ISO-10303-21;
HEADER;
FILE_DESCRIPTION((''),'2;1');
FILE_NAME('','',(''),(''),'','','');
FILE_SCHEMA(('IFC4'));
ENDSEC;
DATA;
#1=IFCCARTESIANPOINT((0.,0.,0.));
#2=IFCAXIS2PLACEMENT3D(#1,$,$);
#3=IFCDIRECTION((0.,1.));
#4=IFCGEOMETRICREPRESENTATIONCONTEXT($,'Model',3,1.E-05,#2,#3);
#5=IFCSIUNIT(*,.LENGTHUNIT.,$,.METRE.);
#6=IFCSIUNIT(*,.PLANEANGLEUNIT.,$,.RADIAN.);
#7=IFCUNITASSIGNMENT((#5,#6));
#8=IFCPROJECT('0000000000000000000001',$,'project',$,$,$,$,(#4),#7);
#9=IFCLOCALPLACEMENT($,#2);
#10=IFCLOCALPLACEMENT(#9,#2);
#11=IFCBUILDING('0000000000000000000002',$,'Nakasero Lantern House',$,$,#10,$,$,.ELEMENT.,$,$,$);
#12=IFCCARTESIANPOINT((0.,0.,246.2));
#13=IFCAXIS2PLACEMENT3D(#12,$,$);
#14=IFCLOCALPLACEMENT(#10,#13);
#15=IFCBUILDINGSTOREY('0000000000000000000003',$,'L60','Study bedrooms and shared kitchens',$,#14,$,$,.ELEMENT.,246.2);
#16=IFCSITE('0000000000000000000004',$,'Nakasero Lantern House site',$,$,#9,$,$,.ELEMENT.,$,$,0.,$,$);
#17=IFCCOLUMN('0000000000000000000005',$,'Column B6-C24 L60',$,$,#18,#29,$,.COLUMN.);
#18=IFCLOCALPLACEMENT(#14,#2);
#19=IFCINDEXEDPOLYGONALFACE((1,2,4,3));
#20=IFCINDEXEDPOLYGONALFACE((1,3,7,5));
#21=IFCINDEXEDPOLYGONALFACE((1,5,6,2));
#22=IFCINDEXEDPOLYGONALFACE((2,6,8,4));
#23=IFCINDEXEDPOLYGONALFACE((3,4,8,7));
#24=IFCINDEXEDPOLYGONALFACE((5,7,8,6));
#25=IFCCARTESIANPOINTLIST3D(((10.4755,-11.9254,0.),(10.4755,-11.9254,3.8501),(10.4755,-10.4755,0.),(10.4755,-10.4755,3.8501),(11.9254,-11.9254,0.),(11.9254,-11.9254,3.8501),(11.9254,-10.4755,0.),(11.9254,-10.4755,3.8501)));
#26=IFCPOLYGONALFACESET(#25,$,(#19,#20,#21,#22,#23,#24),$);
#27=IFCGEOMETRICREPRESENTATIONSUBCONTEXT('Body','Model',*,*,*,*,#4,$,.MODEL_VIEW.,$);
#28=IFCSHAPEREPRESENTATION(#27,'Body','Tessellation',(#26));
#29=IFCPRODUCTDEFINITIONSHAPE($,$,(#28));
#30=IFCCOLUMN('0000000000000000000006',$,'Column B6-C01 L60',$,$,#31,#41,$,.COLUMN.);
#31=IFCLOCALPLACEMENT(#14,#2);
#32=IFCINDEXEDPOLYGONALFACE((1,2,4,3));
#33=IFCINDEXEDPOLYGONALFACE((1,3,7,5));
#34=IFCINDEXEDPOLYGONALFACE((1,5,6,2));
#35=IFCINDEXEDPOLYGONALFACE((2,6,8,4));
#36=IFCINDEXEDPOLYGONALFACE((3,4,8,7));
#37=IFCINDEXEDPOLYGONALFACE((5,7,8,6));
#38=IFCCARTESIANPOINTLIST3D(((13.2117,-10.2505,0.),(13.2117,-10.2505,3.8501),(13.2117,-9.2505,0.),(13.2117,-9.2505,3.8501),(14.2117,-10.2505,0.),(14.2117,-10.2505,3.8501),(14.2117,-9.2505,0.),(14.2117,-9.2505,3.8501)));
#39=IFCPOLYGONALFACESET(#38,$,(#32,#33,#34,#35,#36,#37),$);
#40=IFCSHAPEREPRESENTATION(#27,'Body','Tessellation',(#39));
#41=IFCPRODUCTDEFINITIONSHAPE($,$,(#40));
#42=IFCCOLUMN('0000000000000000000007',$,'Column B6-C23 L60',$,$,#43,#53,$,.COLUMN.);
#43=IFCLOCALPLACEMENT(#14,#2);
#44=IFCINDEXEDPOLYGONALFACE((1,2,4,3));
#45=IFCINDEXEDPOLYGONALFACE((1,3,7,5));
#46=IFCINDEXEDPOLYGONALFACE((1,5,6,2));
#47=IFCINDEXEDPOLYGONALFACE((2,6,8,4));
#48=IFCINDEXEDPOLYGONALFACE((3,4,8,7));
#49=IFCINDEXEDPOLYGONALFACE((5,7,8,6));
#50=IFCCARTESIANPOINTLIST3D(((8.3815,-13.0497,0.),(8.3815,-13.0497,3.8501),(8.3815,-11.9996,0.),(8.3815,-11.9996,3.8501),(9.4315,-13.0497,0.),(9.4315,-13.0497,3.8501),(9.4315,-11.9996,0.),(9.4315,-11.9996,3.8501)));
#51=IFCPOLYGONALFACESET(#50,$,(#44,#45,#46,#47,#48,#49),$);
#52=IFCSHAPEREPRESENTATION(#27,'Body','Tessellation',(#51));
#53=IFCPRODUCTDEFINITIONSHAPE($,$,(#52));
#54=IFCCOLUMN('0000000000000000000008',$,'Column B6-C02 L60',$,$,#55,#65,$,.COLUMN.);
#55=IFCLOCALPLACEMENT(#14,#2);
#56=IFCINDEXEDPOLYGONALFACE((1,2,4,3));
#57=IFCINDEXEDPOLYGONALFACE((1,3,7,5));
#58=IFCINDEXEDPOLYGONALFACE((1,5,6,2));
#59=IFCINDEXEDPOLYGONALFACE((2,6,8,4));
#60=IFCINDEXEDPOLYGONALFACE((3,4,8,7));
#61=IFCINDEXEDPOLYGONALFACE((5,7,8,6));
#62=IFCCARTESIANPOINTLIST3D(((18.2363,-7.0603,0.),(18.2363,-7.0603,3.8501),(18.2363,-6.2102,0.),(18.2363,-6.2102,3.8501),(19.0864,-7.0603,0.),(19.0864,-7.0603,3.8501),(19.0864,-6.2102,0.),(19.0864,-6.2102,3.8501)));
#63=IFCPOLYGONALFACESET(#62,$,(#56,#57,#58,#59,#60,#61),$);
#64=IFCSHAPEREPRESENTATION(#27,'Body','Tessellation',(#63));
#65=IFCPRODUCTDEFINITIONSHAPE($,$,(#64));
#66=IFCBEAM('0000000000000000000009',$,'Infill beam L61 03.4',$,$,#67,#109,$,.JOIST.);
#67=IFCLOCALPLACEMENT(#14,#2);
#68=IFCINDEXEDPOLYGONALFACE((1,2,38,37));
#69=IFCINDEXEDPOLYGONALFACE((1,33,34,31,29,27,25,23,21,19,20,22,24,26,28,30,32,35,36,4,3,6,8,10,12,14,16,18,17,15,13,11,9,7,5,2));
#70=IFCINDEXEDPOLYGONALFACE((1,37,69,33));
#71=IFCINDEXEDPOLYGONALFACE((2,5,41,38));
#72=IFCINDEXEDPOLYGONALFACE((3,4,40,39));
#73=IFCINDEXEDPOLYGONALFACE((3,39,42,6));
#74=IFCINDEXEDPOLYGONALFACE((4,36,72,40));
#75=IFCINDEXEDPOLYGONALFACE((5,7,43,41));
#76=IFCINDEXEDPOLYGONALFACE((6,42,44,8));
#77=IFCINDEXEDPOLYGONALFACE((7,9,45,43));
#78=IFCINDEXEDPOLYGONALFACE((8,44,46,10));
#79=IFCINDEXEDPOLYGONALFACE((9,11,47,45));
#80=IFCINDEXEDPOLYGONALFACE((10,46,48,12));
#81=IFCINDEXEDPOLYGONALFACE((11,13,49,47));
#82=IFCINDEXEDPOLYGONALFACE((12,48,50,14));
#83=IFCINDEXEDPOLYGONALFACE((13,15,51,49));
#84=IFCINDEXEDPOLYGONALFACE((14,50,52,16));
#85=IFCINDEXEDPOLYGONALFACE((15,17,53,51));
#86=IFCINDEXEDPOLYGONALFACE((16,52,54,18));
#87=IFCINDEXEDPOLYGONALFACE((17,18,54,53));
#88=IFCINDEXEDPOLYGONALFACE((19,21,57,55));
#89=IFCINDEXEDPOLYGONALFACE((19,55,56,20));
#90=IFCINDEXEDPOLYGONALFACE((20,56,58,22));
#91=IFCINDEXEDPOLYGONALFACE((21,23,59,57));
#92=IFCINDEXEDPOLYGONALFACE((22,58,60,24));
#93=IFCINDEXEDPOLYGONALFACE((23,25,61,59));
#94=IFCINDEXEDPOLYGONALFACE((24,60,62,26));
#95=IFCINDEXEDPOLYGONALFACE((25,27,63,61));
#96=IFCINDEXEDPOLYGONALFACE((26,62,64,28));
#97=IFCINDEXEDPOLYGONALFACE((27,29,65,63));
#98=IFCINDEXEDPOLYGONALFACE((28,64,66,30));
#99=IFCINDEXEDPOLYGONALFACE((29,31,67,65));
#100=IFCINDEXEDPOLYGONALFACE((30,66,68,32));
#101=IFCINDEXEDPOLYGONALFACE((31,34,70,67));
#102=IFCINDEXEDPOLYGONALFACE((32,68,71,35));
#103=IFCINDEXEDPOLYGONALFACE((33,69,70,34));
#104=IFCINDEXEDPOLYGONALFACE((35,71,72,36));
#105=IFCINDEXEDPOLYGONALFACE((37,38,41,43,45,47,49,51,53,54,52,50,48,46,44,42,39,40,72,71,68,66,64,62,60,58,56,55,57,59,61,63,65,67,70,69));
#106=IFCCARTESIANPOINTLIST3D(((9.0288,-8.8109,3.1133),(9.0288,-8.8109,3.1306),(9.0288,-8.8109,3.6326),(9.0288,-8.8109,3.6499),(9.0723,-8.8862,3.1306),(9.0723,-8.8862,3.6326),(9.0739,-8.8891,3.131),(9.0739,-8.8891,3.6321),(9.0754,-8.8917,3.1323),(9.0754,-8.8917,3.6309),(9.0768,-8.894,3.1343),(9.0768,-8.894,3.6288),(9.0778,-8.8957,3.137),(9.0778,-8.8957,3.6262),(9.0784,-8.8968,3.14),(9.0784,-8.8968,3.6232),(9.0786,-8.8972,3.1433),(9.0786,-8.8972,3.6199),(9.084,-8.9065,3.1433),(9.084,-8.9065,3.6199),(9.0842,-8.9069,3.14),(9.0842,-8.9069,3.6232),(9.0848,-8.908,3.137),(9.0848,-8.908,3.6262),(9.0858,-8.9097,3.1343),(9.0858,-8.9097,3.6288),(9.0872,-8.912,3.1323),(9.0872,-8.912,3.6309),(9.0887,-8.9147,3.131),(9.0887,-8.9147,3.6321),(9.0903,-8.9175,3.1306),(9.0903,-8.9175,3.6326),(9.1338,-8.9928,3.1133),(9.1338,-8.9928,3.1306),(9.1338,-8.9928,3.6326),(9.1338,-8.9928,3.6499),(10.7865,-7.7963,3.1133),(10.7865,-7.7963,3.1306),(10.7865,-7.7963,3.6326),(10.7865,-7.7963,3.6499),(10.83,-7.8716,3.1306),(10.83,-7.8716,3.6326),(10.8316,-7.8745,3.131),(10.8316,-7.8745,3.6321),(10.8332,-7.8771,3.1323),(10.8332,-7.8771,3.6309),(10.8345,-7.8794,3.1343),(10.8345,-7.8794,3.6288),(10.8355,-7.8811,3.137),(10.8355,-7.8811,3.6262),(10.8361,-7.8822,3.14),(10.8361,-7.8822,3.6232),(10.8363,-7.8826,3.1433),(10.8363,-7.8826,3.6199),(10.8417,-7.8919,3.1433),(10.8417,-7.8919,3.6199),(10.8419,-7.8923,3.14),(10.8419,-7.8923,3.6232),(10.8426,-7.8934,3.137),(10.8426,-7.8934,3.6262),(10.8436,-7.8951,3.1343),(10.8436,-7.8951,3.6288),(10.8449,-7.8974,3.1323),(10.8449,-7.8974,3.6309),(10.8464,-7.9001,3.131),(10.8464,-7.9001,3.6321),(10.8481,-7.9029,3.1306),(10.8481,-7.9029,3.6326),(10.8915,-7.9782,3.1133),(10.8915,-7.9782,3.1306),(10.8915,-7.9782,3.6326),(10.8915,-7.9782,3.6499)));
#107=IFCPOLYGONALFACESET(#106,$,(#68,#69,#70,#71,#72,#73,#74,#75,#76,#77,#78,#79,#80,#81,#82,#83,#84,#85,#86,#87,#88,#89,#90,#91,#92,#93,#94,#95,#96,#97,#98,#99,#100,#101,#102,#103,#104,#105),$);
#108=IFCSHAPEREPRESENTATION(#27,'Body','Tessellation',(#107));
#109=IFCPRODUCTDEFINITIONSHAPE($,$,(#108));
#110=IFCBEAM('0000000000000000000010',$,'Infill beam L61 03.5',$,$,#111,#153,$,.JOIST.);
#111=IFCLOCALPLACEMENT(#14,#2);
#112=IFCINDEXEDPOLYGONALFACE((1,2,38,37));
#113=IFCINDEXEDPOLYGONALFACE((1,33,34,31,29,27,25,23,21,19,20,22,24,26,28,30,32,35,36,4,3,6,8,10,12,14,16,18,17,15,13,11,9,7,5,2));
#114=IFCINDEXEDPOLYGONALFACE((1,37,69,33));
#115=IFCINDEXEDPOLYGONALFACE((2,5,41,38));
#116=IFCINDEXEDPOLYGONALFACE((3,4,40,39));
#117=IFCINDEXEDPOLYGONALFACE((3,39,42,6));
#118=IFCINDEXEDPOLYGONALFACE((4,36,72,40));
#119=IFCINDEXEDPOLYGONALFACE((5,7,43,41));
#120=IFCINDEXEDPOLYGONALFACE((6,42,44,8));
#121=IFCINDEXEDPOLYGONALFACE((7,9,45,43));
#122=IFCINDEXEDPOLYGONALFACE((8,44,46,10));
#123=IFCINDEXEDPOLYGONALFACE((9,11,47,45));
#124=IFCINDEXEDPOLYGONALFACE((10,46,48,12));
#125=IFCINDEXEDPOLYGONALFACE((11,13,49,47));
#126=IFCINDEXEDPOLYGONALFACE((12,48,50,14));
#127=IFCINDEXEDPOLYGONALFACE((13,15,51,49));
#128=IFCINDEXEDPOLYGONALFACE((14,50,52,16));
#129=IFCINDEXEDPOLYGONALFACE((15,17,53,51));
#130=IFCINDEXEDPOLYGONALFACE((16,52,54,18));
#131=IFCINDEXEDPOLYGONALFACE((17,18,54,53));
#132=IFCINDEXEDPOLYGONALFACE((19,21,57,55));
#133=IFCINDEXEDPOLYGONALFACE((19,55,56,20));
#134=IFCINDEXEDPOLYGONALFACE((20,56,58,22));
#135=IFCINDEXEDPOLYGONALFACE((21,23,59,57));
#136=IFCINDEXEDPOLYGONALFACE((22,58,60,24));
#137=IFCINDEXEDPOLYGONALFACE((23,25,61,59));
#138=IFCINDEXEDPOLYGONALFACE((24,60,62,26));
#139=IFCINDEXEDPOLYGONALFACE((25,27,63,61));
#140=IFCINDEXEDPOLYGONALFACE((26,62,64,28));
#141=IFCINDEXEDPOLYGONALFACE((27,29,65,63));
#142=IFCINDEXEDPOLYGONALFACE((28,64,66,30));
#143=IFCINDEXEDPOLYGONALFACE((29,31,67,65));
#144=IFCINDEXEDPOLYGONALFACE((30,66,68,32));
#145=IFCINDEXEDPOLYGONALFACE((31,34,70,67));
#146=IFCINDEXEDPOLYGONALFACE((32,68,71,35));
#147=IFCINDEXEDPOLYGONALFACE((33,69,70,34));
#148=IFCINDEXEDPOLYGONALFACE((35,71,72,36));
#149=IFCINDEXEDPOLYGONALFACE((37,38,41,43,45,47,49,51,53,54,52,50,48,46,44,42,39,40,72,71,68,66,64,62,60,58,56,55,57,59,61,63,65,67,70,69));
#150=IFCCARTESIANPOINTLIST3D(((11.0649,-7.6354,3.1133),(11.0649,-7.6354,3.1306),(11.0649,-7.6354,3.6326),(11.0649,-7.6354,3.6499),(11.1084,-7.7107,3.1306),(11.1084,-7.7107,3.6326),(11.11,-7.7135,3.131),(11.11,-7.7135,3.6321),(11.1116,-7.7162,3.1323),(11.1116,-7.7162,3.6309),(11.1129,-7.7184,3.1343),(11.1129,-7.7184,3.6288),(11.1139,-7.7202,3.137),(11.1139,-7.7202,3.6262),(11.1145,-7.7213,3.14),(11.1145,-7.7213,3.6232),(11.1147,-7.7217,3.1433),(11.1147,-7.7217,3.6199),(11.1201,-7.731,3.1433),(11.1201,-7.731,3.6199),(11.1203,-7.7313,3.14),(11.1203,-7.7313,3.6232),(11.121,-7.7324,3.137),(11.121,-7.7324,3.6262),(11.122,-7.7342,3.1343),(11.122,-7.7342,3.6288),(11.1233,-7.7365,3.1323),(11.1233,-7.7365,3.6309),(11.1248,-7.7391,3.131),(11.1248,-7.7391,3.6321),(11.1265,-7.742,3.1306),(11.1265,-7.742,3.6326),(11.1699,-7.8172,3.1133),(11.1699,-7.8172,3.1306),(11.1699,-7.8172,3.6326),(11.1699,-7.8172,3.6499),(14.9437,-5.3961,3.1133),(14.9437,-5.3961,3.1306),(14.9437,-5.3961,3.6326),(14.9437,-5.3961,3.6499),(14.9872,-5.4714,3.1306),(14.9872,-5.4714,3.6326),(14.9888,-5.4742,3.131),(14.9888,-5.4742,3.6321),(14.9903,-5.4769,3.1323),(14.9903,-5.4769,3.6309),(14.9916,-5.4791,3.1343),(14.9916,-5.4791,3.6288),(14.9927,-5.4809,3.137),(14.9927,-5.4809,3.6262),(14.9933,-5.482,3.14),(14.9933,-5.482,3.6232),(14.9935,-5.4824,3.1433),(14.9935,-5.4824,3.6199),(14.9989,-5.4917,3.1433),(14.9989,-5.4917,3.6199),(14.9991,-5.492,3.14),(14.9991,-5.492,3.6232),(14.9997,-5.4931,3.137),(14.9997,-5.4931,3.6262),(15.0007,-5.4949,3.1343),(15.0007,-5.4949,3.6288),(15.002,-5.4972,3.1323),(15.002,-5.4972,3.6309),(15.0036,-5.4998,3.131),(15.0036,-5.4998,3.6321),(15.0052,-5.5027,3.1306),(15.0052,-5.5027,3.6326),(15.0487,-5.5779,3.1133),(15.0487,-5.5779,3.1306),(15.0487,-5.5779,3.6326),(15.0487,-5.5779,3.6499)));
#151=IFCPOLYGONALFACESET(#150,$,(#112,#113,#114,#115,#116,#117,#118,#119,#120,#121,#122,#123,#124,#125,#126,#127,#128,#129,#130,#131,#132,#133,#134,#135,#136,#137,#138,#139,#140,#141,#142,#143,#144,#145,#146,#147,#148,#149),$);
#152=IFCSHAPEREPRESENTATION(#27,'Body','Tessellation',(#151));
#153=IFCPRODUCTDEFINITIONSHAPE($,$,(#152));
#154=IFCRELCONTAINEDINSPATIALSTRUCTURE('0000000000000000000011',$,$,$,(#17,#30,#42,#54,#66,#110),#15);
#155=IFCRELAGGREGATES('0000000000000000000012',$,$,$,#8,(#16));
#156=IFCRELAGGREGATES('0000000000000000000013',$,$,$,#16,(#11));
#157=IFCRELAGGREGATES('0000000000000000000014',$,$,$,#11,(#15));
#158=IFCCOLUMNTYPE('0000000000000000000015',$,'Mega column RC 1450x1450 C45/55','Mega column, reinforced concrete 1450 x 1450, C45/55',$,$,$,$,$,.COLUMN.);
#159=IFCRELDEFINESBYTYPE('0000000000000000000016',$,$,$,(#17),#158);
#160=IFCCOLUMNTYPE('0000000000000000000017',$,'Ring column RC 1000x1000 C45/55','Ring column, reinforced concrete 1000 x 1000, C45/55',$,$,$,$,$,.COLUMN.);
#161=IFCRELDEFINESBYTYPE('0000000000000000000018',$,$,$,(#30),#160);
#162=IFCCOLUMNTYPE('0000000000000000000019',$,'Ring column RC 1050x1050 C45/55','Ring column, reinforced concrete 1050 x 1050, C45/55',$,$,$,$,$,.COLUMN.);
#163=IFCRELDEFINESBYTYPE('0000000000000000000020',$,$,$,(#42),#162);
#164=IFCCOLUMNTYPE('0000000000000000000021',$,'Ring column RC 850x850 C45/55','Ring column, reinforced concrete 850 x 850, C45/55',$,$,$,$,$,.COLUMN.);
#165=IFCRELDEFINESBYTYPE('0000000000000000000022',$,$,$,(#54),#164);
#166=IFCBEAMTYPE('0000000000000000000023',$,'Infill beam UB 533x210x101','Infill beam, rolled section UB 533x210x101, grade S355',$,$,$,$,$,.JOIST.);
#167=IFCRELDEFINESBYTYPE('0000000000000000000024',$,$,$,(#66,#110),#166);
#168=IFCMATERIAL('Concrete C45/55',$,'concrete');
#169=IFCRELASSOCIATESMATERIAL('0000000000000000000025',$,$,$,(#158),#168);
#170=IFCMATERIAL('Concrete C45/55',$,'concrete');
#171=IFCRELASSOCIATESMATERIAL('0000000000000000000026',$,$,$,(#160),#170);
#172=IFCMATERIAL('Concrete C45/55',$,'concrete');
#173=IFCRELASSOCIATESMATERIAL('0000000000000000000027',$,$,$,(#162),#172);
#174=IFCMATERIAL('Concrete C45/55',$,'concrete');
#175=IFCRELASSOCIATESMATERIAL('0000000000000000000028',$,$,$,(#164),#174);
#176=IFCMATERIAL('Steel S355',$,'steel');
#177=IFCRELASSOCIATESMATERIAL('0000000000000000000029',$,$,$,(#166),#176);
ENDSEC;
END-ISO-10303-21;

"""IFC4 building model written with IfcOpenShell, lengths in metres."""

from ifc_helpers import new_model, si_unit, direction, frame, origin, origin_2d, place, context, subcontext, project, spatial, rectangle, i_section, extrude, material, material_profile, profile_set, type_object, element, save


model = new_model("IFC4")

# Units and contexts
model_context = context("Model", 3, precision=1e-05, world=origin(), true_north=direction((0.0, 1.0)))
body_context = subcontext(model_context, "Body", "Model", "MODEL_VIEW")
ifc_project = project(units=[si_unit("LENGTHUNIT", "METRE"), si_unit("PLANEANGLEUNIT", "RADIAN")], contexts=[model_context])

# Site, building, storey
site_placement = place(None, origin())
site = spatial("IfcSite", under=ifc_project, at=site_placement, Name="Nakasero Lantern House site", CompositionType="ELEMENT", RefElevation=0.0)
building_placement = place(site_placement, origin())
building = spatial("IfcBuilding", under=site, at=building_placement, Name="Nakasero Lantern House", CompositionType="ELEMENT")
storey_placement = place(building_placement, frame((0.0, 0.0, 246.2)))
storey = spatial("IfcBuildingStorey", under=building, at=storey_placement, Name="L60", Description="Study bedrooms and shared kitchens", CompositionType="ELEMENT", Elevation=246.2)

# Columns
ifc_material_1 = material(Name="Concrete C45/55", Category="concrete")
ifc_material_profile_1 = material_profile(ifc_material_1, rectangle(XDim=1.45, YDim=1.45, at=origin_2d()), Name="RC 1450x1450")
ifc_profile_set_1 = profile_set([ifc_material_profile_1], Name="Concrete C45/55")
column_type_1 = type_object("IfcColumnType", Name="Mega column RC 1450x1450 C45/55", Description="Mega column, reinforced concrete 1450 x 1450, C45/55", PredefinedType="COLUMN", material=ifc_profile_set_1)
column_1_placement = place(storey_placement, frame((11.2004, -11.2004, 0.0), z_axis=(0.0, 0.0, 1.0), x_axis=(1.0, 0.0, 0.0)))
element("IfcColumn", 1, at=column_1_placement, inside=storey, type_object=column_type_1, Name="Column B6-C24 L60", PredefinedType="COLUMN", context=body_context, shape_type="SweptSolid", body=[
    extrude(rectangle(XDim=1.45, YDim=1.45, at=origin_2d()), origin(), (0.0, 0.0, 1.0), 3.8501),
])
ifc_material_2 = material(Name="Concrete C45/55", Category="concrete")
ifc_material_profile_2 = material_profile(ifc_material_2, rectangle(XDim=1.0, YDim=1.0, at=origin_2d()), Name="RC 1000x1000")
ifc_profile_set_2 = profile_set([ifc_material_profile_2], Name="Concrete C45/55")
column_type_2 = type_object("IfcColumnType", Name="Ring column RC 1000x1000 C45/55", Description="Ring column, reinforced concrete 1000 x 1000, C45/55", PredefinedType="COLUMN", material=ifc_profile_set_2)
column_2_placement = place(storey_placement, frame((13.7117, -9.7505, 0.0), z_axis=(0.0, 0.0, 1.0), x_axis=(1.0, 0.0, 0.0)))
element("IfcColumn", 2, at=column_2_placement, inside=storey, type_object=column_type_2, Name="Column B6-C01 L60", PredefinedType="COLUMN", context=body_context, shape_type="SweptSolid", body=[
    extrude(rectangle(XDim=1.0, YDim=1.0, at=origin_2d()), origin(), (0.0, 0.0, 1.0), 3.8501),
])
ifc_material_3 = material(Name="Concrete C45/55", Category="concrete")
ifc_material_profile_3 = material_profile(ifc_material_3, rectangle(XDim=1.05, YDim=1.05, at=origin_2d()), Name="RC 1050x1050")
ifc_profile_set_3 = profile_set([ifc_material_profile_3], Name="Concrete C45/55")
column_type_3 = type_object("IfcColumnType", Name="Ring column RC 1050x1050 C45/55", Description="Ring column, reinforced concrete 1050 x 1050, C45/55", PredefinedType="COLUMN", material=ifc_profile_set_3)
column_3_placement = place(storey_placement, frame((8.9065, -12.5247, 0.0), z_axis=(0.0, 0.0, 1.0), x_axis=(1.0, 0.0, 0.0)))
element("IfcColumn", 3, at=column_3_placement, inside=storey, type_object=column_type_3, Name="Column B6-C23 L60", PredefinedType="COLUMN", context=body_context, shape_type="SweptSolid", body=[
    extrude(rectangle(XDim=1.05, YDim=1.05, at=origin_2d()), origin(), (0.0, 0.0, 1.0), 3.8501),
])
ifc_material_4 = material(Name="Concrete C45/55", Category="concrete")
ifc_material_profile_4 = material_profile(ifc_material_4, rectangle(XDim=0.8501, YDim=0.8501, at=origin_2d()), Name="RC 850x850")
ifc_profile_set_4 = profile_set([ifc_material_profile_4], Name="Concrete C45/55")
column_type_4 = type_object("IfcColumnType", Name="Ring column RC 850x850 C45/55", Description="Ring column, reinforced concrete 850 x 850, C45/55", PredefinedType="COLUMN", material=ifc_profile_set_4)
column_4_placement = place(storey_placement, frame((18.6614, -6.6353, 0.0), z_axis=(0.0, 0.0, 1.0), x_axis=(1.0, 0.0, 0.0)))
element("IfcColumn", 4, at=column_4_placement, inside=storey, type_object=column_type_4, Name="Column B6-C02 L60", PredefinedType="COLUMN", context=body_context, shape_type="SweptSolid", body=[
    extrude(rectangle(XDim=0.8501, YDim=0.8501, at=origin_2d()), origin(), (0.0, 0.0, 1.0), 3.8501),
])

# Beams
ifc_material_5 = material(Name="Steel S355", Category="steel")
ifc_material_profile_5 = material_profile(ifc_material_5, i_section(OverallWidth=0.21, OverallDepth=0.5366, WebThickness=0.0107, FlangeThickness=0.0173, FilletRadius=0.0127, at=origin_2d()), Name="UB 533x210x101")
ifc_profile_set_5 = profile_set([ifc_material_profile_5], Name="Steel S355")
beam_type_1 = type_object("IfcBeamType", Name="Infill beam UB 533x210x101", Description="Infill beam, rolled section UB 533x210x101, grade S355", PredefinedType="JOIST", material=ifc_profile_set_5)
beam_1_placement = place(storey_placement, frame((9.0813, -8.9019, 3.3816), z_axis=(0.866073, 0.499917, 0.0), x_axis=(-0.499917, 0.866073, 0.0)))
element("IfcBeam", 5, at=beam_1_placement, inside=storey, type_object=beam_type_1, Name="Infill beam L61 03.4", PredefinedType="JOIST", context=body_context, shape_type="SweptSolid", body=[
    extrude(i_section(OverallWidth=0.21, OverallDepth=0.5366, WebThickness=0.0107, FlangeThickness=0.0173, FilletRadius=0.0127, at=origin_2d()), origin(), (0.0, 0.0, 1.0), 2.0295),
])
beam_2_placement = place(storey_placement, frame((11.1174, -7.7263, 3.3816), z_axis=(0.866034, 0.499985, 0.0), x_axis=(-0.499985, 0.866034, 0.0)))
element("IfcBeam", 6, at=beam_2_placement, inside=storey, type_object=beam_type_1, Name="Infill beam L61 03.5", PredefinedType="JOIST", context=body_context, shape_type="SweptSolid", body=[
    extrude(i_section(OverallWidth=0.21, OverallDepth=0.5366, WebThickness=0.0107, FlangeThickness=0.0173, FilletRadius=0.0127, at=origin_2d()), origin(), (0.0, 0.0, 1.0), 4.4788),
])

save(model, "model.ifc")
